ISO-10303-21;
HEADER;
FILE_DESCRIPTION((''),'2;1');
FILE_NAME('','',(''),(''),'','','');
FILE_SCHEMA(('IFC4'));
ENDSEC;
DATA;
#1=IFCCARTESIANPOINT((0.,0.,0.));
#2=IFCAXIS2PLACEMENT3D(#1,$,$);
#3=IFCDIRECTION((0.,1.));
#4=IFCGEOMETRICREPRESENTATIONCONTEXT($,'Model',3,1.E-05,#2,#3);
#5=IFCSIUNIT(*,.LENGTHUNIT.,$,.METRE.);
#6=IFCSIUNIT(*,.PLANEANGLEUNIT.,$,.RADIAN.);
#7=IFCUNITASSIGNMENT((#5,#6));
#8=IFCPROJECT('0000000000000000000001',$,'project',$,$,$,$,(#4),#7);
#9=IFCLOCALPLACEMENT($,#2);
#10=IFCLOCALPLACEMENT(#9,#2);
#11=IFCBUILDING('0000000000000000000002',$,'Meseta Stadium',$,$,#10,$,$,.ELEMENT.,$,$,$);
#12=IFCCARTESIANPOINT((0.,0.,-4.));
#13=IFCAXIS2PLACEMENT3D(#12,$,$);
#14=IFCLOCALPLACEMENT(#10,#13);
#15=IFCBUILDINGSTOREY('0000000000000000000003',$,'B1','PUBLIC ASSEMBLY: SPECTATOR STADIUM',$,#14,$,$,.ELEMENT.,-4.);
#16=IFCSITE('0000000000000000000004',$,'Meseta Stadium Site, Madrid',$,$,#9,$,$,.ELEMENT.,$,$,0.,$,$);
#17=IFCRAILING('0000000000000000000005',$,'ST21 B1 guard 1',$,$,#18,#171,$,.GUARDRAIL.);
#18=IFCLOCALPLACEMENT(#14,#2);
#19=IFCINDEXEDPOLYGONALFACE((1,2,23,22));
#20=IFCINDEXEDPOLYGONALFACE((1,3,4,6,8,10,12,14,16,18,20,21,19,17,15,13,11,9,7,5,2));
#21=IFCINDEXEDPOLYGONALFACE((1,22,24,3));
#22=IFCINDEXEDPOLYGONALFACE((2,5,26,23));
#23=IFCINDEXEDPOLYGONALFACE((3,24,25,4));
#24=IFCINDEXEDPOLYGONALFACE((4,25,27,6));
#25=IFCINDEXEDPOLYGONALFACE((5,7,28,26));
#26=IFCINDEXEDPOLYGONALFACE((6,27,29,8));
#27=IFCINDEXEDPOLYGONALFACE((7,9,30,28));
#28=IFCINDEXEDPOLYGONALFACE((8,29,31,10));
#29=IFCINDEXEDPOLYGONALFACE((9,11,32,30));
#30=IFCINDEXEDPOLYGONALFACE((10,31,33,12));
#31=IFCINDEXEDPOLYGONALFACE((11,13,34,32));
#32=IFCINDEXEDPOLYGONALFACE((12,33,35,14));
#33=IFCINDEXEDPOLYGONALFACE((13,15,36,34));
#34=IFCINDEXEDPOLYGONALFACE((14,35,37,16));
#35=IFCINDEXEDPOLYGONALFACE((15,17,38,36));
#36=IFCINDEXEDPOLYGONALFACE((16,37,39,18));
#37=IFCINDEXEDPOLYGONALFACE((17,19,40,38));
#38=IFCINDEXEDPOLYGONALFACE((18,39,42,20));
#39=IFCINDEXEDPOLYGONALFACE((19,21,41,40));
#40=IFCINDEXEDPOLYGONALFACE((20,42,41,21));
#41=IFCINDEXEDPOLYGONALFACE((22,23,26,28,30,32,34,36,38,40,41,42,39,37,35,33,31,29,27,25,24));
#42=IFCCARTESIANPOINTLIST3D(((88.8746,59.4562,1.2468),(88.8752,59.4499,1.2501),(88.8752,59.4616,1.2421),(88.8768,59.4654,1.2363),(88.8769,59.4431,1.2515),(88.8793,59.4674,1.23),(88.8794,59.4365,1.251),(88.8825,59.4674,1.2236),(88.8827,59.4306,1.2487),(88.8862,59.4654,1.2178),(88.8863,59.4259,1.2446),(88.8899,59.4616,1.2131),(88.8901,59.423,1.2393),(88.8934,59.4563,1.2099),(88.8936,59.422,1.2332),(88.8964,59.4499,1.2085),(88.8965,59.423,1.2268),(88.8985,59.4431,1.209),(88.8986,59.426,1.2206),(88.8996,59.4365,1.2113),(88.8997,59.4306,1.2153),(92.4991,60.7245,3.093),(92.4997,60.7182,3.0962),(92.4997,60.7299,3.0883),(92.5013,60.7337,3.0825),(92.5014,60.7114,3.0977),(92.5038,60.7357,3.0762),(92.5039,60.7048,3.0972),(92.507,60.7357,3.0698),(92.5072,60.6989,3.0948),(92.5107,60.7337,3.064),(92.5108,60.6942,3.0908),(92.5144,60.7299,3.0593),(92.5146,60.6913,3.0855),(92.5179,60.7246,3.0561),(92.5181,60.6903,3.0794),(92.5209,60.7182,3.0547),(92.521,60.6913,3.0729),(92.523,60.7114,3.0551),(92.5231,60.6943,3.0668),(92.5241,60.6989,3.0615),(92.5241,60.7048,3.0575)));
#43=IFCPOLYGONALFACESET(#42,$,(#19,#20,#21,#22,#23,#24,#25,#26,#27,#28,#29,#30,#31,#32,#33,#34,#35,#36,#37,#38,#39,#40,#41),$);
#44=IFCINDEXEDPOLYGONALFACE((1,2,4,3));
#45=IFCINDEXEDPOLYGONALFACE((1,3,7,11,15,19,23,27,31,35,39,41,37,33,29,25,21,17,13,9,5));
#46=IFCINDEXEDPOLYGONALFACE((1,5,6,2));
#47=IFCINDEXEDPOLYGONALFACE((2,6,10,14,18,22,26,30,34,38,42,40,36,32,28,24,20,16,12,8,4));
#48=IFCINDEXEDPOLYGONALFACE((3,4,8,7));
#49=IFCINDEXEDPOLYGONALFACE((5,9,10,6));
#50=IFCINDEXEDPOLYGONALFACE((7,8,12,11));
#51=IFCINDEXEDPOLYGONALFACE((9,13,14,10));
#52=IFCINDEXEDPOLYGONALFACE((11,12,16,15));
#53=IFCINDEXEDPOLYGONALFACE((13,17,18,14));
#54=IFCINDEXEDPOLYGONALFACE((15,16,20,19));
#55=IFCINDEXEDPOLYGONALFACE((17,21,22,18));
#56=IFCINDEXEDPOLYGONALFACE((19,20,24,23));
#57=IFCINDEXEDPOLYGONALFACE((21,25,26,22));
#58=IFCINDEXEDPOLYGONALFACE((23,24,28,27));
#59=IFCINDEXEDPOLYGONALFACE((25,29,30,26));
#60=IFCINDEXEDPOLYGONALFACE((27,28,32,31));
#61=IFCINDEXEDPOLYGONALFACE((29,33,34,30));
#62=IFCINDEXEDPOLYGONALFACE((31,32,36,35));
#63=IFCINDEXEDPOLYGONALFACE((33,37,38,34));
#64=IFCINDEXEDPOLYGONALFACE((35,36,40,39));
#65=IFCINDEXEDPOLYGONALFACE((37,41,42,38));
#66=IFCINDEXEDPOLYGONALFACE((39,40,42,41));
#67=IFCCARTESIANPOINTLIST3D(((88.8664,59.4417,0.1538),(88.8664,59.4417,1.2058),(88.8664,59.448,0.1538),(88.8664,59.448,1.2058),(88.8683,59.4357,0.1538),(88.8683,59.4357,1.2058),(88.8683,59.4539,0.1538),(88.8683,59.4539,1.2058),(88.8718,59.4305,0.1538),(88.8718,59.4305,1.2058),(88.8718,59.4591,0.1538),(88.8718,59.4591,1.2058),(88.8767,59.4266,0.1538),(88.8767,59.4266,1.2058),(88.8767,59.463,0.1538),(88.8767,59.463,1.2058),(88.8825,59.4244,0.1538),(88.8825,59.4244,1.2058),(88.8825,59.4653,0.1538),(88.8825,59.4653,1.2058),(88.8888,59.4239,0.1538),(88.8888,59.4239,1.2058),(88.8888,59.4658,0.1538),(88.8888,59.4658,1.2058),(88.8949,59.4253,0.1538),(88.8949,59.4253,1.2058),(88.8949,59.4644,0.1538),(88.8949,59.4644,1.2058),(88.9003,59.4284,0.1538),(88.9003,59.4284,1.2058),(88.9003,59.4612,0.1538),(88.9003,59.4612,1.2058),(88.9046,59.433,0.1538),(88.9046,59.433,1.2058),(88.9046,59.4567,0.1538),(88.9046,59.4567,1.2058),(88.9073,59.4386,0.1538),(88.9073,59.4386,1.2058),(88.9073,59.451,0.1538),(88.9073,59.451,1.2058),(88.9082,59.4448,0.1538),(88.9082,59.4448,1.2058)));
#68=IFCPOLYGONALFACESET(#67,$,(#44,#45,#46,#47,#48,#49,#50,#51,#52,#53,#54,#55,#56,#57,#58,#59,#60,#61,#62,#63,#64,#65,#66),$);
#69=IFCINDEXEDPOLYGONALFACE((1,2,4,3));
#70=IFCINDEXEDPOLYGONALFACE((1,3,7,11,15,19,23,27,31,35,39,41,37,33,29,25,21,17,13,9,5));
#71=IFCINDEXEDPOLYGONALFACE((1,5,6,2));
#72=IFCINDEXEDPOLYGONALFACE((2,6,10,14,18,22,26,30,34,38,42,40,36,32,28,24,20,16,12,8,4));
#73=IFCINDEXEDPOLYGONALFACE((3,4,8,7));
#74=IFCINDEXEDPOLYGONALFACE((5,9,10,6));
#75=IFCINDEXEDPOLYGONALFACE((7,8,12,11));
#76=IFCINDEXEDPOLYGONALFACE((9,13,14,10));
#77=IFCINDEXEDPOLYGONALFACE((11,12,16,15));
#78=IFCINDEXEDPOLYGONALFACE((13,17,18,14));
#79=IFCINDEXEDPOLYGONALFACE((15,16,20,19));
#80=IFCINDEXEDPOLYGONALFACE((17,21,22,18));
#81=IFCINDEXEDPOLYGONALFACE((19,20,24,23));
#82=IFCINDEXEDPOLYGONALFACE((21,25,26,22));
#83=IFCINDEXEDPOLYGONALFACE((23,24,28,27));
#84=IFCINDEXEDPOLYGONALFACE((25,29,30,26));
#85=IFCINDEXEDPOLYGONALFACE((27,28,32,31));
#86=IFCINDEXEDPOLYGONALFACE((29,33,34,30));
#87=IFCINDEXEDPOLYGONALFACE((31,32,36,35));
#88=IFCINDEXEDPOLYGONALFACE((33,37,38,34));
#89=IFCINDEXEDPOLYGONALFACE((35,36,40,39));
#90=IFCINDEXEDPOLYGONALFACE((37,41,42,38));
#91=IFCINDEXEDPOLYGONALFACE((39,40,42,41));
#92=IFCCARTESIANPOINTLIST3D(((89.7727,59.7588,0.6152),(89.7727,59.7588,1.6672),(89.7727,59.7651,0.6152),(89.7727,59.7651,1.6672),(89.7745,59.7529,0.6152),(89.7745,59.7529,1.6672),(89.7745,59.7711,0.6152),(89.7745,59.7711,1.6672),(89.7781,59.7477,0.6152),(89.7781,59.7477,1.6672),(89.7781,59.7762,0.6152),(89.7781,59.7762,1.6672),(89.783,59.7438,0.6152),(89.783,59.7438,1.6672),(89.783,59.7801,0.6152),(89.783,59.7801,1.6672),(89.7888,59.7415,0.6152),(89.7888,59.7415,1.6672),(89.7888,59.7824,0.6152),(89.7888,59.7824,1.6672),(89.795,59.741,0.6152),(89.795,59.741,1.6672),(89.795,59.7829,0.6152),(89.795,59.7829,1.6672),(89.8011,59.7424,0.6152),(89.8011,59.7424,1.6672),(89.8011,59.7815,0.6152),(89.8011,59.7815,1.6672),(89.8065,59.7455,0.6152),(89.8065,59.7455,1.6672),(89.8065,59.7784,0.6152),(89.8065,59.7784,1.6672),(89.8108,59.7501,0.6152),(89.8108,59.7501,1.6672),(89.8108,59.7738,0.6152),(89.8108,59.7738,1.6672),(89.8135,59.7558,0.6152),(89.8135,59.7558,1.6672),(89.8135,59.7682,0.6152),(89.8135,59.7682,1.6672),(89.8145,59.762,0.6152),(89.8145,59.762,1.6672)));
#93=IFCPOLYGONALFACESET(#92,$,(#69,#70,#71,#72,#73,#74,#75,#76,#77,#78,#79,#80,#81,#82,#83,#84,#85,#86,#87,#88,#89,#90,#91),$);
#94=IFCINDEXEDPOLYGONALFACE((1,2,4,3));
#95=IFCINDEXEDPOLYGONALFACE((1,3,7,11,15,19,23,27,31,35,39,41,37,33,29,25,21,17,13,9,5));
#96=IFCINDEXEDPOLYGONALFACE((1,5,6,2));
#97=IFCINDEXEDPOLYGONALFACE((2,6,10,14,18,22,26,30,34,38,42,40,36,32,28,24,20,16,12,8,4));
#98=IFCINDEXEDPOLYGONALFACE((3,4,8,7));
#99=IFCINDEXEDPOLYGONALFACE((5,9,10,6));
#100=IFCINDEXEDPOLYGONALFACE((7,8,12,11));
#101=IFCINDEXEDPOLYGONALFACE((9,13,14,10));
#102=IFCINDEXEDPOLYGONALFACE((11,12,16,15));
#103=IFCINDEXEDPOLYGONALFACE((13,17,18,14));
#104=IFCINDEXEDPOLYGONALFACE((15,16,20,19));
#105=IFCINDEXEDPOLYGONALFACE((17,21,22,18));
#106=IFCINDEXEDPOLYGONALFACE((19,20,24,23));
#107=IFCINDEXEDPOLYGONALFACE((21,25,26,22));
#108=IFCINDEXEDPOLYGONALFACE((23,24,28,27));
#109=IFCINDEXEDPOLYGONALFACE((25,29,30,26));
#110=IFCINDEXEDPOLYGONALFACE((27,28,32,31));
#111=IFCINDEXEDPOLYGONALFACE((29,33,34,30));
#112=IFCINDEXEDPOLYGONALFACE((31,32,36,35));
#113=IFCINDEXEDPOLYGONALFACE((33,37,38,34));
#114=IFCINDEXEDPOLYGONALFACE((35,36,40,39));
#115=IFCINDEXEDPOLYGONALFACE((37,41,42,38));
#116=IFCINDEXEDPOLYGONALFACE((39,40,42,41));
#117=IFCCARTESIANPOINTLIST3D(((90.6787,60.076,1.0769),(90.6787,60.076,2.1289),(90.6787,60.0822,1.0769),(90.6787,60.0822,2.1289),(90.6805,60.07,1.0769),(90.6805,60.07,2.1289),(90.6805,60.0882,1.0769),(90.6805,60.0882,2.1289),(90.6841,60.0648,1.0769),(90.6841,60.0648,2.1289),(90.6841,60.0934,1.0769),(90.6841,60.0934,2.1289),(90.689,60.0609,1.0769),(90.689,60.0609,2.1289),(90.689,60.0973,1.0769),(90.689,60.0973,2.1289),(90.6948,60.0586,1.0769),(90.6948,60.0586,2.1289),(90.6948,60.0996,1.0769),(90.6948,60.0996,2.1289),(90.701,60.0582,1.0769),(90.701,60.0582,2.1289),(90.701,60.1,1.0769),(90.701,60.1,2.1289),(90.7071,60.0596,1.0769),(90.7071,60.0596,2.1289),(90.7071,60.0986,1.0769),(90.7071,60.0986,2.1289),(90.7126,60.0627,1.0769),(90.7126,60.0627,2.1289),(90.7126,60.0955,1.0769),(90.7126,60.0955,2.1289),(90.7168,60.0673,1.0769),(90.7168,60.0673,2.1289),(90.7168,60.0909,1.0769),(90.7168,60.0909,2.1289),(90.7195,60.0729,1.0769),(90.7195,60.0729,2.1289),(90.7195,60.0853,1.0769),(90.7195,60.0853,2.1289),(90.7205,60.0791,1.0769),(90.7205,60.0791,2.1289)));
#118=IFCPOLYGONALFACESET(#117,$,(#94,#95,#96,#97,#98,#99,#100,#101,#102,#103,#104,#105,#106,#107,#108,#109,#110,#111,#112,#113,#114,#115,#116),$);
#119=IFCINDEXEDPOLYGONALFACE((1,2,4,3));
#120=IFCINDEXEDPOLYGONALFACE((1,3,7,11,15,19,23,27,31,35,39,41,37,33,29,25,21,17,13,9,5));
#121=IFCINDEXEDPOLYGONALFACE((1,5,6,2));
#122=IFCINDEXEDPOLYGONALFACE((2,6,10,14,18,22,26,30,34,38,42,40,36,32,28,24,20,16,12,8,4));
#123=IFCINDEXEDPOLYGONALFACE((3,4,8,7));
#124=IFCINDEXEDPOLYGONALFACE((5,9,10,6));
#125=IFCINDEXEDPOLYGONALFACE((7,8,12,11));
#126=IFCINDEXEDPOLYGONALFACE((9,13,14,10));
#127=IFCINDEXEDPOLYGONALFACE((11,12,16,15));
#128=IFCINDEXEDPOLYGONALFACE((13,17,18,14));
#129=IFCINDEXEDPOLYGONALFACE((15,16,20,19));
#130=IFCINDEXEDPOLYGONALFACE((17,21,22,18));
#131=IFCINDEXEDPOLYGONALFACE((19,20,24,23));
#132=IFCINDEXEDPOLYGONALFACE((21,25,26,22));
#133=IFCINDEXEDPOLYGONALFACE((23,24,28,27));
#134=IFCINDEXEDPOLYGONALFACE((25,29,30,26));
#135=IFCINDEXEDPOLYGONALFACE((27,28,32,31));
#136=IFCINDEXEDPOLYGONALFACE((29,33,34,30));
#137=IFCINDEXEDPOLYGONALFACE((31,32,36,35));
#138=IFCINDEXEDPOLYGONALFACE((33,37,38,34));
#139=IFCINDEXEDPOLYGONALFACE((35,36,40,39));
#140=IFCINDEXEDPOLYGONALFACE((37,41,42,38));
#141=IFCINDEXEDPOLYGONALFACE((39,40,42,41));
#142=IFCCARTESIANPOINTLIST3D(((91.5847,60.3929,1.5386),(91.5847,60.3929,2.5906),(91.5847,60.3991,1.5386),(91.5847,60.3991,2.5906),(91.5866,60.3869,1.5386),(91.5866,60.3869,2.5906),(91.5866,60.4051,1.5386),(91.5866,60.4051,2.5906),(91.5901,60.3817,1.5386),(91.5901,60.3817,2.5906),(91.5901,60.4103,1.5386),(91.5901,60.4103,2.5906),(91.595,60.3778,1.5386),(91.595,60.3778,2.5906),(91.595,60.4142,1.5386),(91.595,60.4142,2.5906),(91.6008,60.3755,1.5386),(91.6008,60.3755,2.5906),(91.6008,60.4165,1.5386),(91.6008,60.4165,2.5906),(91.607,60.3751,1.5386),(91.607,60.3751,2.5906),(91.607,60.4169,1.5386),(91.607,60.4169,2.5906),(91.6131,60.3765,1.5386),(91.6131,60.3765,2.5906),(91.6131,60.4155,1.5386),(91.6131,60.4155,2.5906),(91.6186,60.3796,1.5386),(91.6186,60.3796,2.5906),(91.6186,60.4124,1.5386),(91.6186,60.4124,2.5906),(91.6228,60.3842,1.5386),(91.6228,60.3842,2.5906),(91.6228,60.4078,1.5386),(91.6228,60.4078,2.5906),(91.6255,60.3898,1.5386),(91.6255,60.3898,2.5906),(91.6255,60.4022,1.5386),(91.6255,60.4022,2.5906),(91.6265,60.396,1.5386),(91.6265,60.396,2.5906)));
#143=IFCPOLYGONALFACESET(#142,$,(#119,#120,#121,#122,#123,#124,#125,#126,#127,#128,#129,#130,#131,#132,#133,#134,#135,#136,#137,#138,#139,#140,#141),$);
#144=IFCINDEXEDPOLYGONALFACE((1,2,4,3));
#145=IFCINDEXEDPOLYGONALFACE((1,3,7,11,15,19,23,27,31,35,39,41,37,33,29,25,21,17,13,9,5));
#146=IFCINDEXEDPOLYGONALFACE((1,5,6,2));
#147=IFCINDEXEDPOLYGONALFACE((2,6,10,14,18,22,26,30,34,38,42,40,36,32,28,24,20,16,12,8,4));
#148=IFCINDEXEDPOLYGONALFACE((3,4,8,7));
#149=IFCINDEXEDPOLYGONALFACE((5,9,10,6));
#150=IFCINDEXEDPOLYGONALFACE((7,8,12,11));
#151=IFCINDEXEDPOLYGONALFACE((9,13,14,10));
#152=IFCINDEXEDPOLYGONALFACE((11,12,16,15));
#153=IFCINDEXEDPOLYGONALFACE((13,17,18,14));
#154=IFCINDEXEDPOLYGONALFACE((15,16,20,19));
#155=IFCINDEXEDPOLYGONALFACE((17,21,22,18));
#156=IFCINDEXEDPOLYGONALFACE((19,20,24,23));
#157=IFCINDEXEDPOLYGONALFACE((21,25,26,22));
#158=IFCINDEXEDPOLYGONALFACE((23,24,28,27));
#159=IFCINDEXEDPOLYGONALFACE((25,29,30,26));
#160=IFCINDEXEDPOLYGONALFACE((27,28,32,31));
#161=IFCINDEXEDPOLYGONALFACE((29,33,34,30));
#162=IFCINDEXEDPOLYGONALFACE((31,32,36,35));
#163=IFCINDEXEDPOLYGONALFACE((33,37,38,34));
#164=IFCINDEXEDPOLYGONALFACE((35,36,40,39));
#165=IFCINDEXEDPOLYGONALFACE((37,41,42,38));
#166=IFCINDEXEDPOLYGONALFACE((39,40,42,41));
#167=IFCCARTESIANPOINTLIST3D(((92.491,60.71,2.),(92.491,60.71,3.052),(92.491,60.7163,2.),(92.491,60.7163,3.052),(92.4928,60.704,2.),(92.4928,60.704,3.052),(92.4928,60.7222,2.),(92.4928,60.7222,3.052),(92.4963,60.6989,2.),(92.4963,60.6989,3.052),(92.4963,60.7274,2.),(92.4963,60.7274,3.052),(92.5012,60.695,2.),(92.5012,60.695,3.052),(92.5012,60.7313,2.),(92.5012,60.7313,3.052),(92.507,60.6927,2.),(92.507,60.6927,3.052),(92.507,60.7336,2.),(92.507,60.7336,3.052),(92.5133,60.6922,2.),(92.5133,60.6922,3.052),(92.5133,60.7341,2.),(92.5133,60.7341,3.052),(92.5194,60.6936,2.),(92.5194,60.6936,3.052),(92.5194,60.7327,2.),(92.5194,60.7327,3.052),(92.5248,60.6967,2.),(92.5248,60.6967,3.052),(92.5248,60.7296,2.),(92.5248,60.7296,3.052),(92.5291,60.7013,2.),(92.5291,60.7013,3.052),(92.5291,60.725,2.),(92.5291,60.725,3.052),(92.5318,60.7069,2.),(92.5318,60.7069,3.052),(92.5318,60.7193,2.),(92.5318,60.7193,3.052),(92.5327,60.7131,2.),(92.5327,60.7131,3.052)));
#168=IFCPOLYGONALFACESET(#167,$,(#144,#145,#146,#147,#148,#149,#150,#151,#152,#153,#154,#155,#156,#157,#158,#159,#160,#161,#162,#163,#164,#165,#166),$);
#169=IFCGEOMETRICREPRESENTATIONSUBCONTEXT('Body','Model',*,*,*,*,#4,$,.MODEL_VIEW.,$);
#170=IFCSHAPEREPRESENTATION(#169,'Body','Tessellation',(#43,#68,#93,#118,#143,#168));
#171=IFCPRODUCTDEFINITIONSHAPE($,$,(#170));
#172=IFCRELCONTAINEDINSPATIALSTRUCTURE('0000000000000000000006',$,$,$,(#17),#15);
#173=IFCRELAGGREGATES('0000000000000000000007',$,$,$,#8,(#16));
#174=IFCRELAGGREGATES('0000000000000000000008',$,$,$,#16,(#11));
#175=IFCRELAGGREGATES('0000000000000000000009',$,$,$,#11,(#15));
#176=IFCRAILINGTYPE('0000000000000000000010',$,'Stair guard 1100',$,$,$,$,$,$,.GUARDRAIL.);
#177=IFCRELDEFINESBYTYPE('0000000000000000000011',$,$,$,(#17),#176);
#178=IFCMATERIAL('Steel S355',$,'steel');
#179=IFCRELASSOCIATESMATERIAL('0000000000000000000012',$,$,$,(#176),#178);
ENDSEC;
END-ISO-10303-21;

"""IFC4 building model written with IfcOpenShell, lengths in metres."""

from ifc_helpers import new_model, si_unit, direction, frame, origin, origin_2d, place, context, subcontext, project, spatial, circle, extrude, material, type_object, element, save


model = new_model("IFC4")

# Units and contexts
model_context = context("Model", 3, precision=1e-05, world=origin(), true_north=direction((0.0, 1.0)))
body_context = subcontext(model_context, "Body", "Model", "MODEL_VIEW")
ifc_project = project(units=[si_unit("LENGTHUNIT", "METRE"), si_unit("PLANEANGLEUNIT", "RADIAN")], contexts=[model_context])

# Site, building, storey
site_placement = place(None, origin())
site = spatial("IfcSite", under=ifc_project, at=site_placement, Name="Meseta Stadium Site, Madrid", CompositionType="ELEMENT", RefElevation=0.0)
building_placement = place(site_placement, origin())
building = spatial("IfcBuilding", under=site, at=building_placement, Name="Meseta Stadium", CompositionType="ELEMENT")
storey_placement = place(building_placement, frame((0.0, 0.0, -4.0)))
storey = spatial("IfcBuildingStorey", under=building, at=storey_placement, Name="B1", Description="PUBLIC ASSEMBLY: SPECTATOR STADIUM", CompositionType="ELEMENT", Elevation=-4.0)

# Railing
ifc_material_1 = material(Name="Steel S355", Category="steel")
railing_type_1 = type_object("IfcRailingType", Name="Stair guard 1100", PredefinedType="GUARDRAIL", material=ifc_material_1)
railing_1_placement = place(storey_placement, frame((88.8872, 59.4448, 0.1538)))
element("IfcRailing", 1, at=railing_1_placement, inside=storey, type_object=railing_type_1, Name="ST21 B1 guard 1", PredefinedType="GUARDRAIL", context=body_context, shape_type="SweptSolid", body=[
    extrude(circle(Radius=0.0239, at=origin_2d()), frame((0.0, 0.0, 1.0762), z_axis=(0.850672, 0.297672, 0.4333), x_axis=(-0.330288, 0.94388, 0.0)), (0.0, 0.0, 1.0), 4.2607),
    extrude(circle(Radius=0.021, at=origin_2d()), origin(), (0.0, 0.0, 1.0), 1.052),
    extrude(circle(Radius=0.021, at=origin_2d()), frame((0.9062, 0.3171, 0.4614)), (0.0, 0.0, 1.0), 1.052),
    extrude(circle(Radius=0.021, at=origin_2d()), frame((1.8123, 0.6343, 0.9231)), (0.0, 0.0, 1.0), 1.052),
    extrude(circle(Radius=0.021, at=origin_2d()), frame((2.7183, 0.9512, 1.3848)), (0.0, 0.0, 1.0), 1.052),
    extrude(circle(Radius=0.021, at=origin_2d()), frame((3.6245, 1.2683, 1.8462)), (0.0, 0.0, 1.0), 1.052),
])

save(model, "model.ifc")
